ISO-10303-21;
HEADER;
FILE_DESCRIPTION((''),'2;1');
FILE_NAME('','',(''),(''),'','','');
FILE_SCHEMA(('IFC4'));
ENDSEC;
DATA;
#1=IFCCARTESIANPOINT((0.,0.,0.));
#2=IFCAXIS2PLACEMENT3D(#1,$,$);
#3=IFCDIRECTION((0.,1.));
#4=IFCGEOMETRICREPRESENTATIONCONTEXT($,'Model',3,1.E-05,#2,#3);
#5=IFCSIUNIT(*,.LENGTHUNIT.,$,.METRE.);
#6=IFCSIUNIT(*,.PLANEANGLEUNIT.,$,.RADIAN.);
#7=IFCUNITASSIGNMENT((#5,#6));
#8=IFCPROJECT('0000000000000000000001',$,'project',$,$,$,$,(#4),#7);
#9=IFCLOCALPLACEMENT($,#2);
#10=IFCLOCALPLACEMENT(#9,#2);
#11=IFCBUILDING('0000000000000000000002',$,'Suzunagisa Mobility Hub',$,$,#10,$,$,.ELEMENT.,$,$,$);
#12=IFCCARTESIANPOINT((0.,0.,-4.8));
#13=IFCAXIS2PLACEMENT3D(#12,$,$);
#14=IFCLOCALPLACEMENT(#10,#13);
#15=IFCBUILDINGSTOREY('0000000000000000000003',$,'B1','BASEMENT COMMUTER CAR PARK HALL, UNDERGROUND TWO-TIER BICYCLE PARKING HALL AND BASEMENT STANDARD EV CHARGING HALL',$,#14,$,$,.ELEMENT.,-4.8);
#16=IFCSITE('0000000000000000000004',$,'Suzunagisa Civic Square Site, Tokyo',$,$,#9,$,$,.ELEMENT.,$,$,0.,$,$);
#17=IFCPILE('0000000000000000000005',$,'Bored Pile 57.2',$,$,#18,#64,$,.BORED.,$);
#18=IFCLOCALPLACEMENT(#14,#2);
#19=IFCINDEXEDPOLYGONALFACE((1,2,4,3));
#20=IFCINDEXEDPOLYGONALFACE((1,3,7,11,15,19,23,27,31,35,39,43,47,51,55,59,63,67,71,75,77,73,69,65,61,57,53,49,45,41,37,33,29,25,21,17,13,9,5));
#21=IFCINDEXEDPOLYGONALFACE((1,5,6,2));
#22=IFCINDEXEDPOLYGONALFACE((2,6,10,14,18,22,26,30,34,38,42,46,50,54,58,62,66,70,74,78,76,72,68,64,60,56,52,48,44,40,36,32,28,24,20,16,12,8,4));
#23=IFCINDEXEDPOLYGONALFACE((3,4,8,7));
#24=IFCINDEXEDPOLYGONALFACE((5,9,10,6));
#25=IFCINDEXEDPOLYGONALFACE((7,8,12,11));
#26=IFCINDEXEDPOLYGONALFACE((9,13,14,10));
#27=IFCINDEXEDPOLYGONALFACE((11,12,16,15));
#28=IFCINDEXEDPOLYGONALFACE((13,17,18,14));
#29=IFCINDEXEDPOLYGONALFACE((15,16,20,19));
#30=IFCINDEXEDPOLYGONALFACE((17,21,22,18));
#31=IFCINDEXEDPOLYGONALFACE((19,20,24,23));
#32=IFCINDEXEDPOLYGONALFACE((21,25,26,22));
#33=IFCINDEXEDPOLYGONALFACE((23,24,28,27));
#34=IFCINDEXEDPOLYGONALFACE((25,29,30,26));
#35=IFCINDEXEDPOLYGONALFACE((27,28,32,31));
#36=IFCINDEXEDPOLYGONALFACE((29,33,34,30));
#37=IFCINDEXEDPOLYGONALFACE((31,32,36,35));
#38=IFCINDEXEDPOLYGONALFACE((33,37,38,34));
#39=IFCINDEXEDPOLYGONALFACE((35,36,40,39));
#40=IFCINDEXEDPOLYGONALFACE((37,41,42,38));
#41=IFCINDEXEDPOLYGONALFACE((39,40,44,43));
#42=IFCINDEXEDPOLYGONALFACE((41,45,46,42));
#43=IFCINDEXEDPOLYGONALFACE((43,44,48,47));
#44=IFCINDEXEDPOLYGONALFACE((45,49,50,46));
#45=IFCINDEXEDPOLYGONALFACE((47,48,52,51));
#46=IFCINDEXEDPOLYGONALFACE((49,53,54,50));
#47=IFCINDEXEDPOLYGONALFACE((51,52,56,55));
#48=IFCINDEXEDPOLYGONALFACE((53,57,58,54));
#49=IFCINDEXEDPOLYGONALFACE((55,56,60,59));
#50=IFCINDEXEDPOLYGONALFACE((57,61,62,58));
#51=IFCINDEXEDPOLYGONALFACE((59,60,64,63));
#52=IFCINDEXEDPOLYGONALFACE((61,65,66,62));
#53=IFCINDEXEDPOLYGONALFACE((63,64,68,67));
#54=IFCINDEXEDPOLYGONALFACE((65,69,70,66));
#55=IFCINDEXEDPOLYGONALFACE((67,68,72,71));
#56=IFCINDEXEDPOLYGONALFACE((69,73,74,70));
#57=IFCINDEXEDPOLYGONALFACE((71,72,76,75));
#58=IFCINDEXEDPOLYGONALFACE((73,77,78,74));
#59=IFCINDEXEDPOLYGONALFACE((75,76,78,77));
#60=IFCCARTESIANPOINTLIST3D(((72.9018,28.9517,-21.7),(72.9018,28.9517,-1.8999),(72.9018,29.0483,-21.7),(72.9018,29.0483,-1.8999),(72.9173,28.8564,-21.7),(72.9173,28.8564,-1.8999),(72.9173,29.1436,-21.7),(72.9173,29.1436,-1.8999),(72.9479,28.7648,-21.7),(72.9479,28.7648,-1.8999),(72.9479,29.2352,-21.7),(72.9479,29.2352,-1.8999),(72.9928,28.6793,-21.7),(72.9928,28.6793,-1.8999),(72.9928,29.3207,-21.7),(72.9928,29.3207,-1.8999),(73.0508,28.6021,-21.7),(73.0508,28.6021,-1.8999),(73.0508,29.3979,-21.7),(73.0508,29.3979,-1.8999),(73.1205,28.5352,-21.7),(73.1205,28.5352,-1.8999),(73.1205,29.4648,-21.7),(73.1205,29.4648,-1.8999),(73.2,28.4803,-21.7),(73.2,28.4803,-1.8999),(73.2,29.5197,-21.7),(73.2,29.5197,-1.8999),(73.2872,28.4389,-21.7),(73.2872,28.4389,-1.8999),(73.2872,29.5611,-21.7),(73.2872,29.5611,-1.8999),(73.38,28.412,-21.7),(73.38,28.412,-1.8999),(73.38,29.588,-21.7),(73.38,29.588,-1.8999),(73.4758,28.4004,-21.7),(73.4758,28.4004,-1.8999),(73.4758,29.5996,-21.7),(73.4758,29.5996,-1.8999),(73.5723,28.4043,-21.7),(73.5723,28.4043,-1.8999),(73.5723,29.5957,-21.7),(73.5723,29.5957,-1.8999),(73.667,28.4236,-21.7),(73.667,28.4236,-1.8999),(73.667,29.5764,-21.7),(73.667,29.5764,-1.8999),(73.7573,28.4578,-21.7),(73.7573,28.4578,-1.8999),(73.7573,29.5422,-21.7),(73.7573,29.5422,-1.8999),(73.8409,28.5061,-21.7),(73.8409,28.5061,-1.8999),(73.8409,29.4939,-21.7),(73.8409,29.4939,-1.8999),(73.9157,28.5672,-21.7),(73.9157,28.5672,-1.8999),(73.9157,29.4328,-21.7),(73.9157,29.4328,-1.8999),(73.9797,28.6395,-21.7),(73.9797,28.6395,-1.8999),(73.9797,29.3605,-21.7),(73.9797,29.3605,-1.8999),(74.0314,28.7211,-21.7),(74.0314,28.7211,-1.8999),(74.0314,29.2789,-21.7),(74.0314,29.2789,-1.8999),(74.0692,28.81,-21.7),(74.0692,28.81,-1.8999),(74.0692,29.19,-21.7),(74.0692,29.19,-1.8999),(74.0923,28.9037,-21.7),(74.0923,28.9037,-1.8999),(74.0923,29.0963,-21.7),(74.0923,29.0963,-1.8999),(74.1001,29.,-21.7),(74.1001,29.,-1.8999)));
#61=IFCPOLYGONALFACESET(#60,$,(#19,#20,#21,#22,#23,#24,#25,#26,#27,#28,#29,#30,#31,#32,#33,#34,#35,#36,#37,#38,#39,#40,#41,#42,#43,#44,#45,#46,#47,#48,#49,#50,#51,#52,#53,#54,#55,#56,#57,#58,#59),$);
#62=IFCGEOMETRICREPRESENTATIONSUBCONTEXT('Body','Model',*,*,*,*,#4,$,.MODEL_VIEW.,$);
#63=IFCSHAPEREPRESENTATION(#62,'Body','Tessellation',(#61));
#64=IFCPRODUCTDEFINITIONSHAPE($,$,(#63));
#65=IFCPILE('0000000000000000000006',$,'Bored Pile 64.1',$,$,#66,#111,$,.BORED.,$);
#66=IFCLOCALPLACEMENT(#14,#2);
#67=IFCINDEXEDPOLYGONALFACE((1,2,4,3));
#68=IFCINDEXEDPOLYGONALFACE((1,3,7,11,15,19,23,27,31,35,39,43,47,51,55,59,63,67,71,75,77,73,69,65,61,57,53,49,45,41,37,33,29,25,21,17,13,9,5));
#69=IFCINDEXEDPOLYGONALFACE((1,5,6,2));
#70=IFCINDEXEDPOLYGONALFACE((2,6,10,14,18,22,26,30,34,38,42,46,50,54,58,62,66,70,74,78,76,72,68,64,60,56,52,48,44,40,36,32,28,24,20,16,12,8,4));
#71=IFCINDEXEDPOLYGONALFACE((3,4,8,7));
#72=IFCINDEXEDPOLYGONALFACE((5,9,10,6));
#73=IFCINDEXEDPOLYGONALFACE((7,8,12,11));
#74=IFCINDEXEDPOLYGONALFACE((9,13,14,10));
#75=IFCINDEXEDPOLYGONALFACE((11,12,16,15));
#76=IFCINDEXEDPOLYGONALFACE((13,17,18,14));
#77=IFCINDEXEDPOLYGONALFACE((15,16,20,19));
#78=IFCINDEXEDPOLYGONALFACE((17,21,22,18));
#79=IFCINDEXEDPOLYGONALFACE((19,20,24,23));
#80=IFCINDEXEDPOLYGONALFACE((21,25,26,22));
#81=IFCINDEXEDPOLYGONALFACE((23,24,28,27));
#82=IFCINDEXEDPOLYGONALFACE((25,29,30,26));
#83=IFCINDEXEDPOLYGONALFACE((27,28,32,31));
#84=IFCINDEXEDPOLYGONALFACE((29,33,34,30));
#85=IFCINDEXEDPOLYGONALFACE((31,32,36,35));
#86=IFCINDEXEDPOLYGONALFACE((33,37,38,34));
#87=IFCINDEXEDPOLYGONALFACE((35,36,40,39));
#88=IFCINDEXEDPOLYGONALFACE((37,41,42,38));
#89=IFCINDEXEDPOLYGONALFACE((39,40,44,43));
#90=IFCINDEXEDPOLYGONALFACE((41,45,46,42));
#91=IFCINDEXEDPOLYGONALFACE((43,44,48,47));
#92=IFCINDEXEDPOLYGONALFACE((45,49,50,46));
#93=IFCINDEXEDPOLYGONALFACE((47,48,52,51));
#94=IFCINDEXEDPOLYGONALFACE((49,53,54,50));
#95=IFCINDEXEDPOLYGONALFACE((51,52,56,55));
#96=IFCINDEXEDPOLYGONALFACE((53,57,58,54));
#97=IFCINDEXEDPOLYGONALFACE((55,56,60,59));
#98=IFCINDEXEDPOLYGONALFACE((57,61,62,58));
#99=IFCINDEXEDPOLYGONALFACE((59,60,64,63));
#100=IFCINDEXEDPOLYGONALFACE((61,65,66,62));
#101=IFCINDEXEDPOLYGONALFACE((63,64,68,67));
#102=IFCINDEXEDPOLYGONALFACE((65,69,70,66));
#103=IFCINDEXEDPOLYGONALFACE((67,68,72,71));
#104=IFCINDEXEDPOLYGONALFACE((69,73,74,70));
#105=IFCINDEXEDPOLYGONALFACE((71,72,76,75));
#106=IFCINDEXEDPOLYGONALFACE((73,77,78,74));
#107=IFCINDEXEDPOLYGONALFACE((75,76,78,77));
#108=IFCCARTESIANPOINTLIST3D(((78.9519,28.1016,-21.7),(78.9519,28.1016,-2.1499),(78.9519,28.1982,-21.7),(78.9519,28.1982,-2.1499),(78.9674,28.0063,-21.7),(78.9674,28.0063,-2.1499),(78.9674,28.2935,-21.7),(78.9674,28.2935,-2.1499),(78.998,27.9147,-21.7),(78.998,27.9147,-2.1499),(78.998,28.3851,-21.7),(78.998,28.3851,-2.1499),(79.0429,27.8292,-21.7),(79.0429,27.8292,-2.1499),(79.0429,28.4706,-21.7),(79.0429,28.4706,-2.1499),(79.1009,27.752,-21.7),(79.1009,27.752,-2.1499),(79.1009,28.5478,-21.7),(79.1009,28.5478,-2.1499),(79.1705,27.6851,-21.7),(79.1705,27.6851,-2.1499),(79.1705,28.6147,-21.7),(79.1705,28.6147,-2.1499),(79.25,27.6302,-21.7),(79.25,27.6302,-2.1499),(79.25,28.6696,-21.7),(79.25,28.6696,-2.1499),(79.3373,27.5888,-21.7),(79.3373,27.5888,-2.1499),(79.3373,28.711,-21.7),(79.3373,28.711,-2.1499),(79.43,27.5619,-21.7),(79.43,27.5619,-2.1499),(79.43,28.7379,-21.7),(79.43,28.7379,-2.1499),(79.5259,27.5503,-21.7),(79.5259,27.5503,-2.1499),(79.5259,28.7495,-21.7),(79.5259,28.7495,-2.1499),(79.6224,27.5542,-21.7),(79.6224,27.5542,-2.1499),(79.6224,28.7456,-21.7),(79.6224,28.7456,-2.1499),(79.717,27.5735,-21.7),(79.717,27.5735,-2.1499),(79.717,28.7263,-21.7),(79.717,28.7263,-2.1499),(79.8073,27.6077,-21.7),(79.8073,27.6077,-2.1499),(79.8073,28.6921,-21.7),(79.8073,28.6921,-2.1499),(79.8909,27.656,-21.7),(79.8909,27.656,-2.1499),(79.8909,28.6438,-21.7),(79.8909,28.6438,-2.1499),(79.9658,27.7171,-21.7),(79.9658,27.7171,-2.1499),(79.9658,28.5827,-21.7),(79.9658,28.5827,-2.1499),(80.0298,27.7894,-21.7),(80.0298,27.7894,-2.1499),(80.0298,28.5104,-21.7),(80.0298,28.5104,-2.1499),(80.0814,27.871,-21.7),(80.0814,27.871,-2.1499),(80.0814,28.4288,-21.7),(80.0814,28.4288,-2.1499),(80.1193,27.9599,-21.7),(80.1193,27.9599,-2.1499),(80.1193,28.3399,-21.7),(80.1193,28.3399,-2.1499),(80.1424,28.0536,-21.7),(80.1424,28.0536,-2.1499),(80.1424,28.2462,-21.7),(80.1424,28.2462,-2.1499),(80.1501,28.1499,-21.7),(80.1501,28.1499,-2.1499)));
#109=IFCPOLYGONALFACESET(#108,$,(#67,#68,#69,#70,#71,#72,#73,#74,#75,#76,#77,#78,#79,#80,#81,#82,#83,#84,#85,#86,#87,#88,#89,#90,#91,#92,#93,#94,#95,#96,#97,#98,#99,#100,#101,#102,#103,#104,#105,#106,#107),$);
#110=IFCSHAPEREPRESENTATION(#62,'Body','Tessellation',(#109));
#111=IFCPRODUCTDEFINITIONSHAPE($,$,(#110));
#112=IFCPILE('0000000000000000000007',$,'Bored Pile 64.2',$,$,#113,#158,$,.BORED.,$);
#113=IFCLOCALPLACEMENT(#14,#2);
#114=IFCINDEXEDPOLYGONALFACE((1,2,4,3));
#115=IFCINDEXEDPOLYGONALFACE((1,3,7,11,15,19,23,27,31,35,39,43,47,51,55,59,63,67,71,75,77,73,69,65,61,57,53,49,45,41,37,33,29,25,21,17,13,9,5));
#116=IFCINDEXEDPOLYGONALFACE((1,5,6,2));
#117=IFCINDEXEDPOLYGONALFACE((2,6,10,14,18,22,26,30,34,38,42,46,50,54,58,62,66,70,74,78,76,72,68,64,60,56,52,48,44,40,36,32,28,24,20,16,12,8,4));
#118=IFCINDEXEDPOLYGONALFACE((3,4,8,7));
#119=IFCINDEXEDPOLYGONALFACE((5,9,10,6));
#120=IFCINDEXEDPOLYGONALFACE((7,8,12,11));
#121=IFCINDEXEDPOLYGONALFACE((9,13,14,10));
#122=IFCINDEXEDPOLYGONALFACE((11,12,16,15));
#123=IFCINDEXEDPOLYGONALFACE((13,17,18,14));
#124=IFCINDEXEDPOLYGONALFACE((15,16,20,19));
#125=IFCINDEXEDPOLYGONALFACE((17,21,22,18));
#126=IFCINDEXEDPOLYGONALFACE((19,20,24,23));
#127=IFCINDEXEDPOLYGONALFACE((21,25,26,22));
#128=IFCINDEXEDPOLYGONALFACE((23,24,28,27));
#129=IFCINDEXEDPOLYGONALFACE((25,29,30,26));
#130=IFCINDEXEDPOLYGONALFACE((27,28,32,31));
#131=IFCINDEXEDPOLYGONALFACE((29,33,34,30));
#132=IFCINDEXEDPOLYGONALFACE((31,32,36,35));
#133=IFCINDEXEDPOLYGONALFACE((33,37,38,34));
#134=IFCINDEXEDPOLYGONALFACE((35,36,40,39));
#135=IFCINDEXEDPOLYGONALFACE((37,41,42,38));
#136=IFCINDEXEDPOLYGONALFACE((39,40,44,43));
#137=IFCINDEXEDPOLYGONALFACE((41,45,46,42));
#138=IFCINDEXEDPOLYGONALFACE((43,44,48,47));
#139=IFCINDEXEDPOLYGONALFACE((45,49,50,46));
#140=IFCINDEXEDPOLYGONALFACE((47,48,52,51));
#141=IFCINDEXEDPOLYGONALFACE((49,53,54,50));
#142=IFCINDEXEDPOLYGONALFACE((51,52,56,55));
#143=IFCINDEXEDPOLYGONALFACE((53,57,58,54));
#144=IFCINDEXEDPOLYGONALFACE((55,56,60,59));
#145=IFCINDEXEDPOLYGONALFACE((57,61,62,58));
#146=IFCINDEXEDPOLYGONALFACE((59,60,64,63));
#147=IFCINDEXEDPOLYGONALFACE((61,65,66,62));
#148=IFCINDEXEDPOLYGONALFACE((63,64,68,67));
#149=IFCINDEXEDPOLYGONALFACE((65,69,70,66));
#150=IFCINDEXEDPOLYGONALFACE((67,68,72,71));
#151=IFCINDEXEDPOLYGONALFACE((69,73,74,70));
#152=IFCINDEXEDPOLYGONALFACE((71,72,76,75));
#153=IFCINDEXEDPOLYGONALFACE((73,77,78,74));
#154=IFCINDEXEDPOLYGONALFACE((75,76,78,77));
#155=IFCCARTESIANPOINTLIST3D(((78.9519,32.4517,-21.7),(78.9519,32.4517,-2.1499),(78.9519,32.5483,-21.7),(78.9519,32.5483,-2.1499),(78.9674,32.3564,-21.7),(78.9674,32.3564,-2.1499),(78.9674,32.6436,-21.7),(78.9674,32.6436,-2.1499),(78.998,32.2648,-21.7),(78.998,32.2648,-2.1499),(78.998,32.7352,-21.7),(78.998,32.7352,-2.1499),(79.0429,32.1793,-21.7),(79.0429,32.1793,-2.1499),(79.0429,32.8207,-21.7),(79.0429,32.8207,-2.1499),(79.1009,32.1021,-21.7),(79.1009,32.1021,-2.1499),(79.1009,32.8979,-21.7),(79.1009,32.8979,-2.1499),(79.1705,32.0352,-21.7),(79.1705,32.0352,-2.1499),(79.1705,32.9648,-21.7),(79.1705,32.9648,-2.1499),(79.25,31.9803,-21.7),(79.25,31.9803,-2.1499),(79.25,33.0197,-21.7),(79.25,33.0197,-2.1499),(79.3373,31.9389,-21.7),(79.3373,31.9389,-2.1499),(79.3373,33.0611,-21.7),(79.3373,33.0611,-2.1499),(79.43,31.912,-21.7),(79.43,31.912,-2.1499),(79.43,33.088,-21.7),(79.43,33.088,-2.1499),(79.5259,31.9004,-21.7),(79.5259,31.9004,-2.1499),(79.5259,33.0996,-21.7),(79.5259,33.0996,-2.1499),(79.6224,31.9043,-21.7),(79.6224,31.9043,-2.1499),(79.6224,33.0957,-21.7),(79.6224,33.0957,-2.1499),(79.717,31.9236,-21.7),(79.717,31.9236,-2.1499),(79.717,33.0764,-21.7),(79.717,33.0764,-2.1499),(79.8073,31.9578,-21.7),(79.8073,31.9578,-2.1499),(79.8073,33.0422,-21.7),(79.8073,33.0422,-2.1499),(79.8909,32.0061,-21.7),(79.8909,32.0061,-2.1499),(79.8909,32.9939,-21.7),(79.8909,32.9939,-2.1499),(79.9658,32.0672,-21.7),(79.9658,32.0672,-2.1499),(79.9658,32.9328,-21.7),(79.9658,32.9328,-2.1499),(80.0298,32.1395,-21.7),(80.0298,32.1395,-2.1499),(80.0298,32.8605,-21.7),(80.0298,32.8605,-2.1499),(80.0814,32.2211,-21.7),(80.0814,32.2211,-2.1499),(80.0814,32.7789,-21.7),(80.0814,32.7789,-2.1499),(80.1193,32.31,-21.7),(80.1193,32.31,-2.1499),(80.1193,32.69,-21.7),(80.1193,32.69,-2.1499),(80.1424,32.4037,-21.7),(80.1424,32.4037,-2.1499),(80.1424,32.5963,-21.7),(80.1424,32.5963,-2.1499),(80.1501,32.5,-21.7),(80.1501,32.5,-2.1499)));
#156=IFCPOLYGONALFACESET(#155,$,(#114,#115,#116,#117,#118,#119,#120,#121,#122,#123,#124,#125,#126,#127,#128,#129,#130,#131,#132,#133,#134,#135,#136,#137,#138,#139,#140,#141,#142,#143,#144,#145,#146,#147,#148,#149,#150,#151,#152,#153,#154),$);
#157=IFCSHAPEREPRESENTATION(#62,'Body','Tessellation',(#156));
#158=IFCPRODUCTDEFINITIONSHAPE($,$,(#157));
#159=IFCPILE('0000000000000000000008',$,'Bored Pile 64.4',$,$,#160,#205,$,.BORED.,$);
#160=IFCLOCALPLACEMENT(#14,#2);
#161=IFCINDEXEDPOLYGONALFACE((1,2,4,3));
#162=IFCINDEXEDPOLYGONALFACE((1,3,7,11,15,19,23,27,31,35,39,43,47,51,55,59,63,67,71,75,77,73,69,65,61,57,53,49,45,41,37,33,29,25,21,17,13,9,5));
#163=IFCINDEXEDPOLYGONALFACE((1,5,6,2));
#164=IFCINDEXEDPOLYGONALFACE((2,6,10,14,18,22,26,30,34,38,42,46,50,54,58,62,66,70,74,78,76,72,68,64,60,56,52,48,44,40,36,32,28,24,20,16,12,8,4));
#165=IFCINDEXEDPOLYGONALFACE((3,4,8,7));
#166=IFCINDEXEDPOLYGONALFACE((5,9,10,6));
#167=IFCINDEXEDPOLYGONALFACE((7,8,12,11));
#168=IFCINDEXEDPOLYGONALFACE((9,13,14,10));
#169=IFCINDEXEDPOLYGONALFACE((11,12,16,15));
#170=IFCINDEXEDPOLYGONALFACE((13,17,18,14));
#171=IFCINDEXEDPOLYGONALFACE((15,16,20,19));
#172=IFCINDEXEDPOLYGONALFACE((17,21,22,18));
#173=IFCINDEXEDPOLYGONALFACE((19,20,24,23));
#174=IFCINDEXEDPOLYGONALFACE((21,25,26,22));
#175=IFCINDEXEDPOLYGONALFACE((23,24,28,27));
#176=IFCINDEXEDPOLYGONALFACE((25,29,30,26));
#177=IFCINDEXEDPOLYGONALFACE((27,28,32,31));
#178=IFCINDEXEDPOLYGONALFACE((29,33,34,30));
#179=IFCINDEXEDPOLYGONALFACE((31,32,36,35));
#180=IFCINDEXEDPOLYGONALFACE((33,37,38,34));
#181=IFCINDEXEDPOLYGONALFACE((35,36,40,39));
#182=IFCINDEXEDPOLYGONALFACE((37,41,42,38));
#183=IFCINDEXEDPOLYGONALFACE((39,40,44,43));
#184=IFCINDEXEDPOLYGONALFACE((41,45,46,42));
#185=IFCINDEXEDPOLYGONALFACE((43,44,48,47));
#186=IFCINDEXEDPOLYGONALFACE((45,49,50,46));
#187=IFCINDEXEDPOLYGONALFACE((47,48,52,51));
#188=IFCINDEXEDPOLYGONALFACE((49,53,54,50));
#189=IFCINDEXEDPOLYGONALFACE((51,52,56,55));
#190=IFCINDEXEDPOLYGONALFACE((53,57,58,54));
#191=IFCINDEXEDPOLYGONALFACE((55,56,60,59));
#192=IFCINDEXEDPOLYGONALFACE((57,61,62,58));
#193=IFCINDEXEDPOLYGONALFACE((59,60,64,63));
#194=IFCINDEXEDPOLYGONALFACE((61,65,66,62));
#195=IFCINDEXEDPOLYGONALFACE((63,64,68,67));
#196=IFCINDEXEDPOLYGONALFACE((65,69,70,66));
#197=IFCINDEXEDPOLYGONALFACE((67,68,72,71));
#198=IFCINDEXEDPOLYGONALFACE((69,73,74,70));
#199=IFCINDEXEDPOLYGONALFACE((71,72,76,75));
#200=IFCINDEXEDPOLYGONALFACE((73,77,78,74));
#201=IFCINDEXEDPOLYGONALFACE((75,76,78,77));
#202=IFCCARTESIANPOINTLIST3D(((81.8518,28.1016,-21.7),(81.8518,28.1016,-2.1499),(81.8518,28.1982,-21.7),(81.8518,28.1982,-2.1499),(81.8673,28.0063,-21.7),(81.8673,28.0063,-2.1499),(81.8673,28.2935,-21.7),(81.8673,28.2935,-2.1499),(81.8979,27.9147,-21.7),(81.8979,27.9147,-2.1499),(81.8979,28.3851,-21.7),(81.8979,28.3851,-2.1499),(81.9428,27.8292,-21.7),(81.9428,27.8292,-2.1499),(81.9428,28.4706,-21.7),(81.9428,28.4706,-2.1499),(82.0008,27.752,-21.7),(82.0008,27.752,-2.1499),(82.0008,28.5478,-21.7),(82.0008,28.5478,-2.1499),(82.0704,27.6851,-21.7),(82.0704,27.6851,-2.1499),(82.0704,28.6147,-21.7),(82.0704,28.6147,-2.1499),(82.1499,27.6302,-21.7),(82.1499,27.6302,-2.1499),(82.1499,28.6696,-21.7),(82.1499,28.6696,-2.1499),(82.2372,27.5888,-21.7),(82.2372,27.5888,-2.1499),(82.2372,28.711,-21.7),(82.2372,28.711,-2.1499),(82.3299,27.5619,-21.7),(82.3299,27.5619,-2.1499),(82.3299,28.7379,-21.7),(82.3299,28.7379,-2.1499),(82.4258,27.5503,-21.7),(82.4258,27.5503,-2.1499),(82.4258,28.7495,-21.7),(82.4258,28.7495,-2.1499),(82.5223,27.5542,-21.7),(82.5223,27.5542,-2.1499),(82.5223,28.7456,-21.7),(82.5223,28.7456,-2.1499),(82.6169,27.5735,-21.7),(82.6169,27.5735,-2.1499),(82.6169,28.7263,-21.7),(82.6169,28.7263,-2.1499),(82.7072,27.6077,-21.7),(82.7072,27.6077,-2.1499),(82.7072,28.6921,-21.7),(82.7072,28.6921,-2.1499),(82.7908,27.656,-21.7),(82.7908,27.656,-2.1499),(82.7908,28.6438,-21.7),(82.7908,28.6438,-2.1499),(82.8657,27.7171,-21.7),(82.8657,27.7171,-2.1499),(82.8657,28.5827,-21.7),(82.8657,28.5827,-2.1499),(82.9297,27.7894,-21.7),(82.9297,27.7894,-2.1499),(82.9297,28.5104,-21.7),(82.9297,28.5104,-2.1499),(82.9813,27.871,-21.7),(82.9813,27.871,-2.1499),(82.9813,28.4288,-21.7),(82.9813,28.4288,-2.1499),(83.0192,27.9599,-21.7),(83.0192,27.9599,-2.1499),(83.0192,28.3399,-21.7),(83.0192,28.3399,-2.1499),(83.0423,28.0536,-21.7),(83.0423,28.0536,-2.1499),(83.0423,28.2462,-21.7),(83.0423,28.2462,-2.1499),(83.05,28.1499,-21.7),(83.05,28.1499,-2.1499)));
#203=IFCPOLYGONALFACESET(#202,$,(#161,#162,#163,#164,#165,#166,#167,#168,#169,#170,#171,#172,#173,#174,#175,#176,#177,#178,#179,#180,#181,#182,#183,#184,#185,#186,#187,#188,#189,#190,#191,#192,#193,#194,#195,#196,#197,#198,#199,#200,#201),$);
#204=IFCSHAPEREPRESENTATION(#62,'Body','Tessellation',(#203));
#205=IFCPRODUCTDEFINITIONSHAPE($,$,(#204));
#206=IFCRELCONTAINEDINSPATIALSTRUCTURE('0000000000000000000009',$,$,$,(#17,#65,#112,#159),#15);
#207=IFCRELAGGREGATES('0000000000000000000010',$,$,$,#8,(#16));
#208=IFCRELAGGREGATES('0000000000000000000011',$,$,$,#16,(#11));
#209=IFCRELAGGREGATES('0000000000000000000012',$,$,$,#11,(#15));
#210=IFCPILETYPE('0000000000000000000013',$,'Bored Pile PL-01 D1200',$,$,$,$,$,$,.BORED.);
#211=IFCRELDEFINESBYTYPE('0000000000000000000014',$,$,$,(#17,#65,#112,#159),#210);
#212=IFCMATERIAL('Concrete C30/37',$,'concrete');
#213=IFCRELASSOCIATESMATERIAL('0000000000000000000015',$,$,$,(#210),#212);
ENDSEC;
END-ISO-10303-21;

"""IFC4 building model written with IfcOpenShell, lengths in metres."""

from ifc_helpers import new_model, si_unit, direction, frame, origin, origin_2d, place, context, subcontext, project, spatial, circle, extrude, material, material_profile, profile_set, type_object, element, save


model = new_model("IFC4")

# Units and contexts
model_context = context("Model", 3, precision=1e-05, world=origin(), true_north=direction((0.0, 1.0)))
body_context = subcontext(model_context, "Body", "Model", "MODEL_VIEW")
ifc_project = project(units=[si_unit("LENGTHUNIT", "METRE"), si_unit("PLANEANGLEUNIT", "RADIAN")], contexts=[model_context])

# Site, building, storey
site_placement = place(None, origin())
site = spatial("IfcSite", under=ifc_project, at=site_placement, Name="Suzunagisa Civic Square Site, Tokyo", CompositionType="ELEMENT", RefElevation=0.0)
building_placement = place(site_placement, origin())
building = spatial("IfcBuilding", under=site, at=building_placement, Name="Suzunagisa Mobility Hub", CompositionType="ELEMENT")
storey_placement = place(building_placement, frame((0.0, 0.0, -4.8)))
storey = spatial("IfcBuildingStorey", under=building, at=storey_placement, Name="B1", Description="BASEMENT COMMUTER CAR PARK HALL, UNDERGROUND TWO-TIER BICYCLE PARKING HALL AND BASEMENT STANDARD EV CHARGING HALL", CompositionType="ELEMENT", Elevation=-4.8)

# Piles
ifc_material_1 = material(Name="Concrete C30/37", Category="concrete")
ifc_material_profile_1 = material_profile(ifc_material_1, circle(Radius=0.6001, at=origin_2d()), Name="BORED PILE D1200")
ifc_profile_set_1 = profile_set([ifc_material_profile_1], Name="Concrete C30/37")
pile_type_1 = type_object("IfcPileType", Name="Bored Pile PL-01 D1200", PredefinedType="BORED", material=ifc_profile_set_1)
pile_1_placement = place(storey_placement, frame((73.5, 29.0, -1.8999), z_axis=(0.0, 0.0, -1.0), x_axis=(1.0, 0.0, 0.0)))
element("IfcPile", 1, at=pile_1_placement, inside=storey, type_object=pile_type_1, Name="Bored Pile 57.2", PredefinedType="BORED", context=body_context, shape_type="SweptSolid", body=[
    extrude(circle(Radius=0.6001, at=origin_2d()), origin(), (0.0, 0.0, 1.0), 19.8),
])
for number, where, z_axis, x_axis, name in (
    (2, (79.55, 28.1499, -2.1499), (0.0, 0.0, -1.0), (1.0, 0.0, 0.0), "Bored Pile 64.1"),
    (3, (79.55, 32.5, -2.1499), (0.0, 0.0, -1.0), (1.0, 0.0, 0.0), "Bored Pile 64.2"),
    (4, (82.45, 28.1499, -2.1499), (0.0, 0.0, -1.0), (1.0, 0.0, 0.0), "Bored Pile 64.4"),
):
    element("IfcPile", number, at=place(storey_placement, frame(where, z_axis=z_axis, x_axis=x_axis)), inside=storey, type_object=pile_type_1, Name=name, PredefinedType="BORED", context=body_context, shape_type="SweptSolid", body=[
        extrude(circle(Radius=0.6001, at=origin_2d()), origin(), (0.0, 0.0, 1.0), 19.55),
    ])

save(model, "model.ifc")
